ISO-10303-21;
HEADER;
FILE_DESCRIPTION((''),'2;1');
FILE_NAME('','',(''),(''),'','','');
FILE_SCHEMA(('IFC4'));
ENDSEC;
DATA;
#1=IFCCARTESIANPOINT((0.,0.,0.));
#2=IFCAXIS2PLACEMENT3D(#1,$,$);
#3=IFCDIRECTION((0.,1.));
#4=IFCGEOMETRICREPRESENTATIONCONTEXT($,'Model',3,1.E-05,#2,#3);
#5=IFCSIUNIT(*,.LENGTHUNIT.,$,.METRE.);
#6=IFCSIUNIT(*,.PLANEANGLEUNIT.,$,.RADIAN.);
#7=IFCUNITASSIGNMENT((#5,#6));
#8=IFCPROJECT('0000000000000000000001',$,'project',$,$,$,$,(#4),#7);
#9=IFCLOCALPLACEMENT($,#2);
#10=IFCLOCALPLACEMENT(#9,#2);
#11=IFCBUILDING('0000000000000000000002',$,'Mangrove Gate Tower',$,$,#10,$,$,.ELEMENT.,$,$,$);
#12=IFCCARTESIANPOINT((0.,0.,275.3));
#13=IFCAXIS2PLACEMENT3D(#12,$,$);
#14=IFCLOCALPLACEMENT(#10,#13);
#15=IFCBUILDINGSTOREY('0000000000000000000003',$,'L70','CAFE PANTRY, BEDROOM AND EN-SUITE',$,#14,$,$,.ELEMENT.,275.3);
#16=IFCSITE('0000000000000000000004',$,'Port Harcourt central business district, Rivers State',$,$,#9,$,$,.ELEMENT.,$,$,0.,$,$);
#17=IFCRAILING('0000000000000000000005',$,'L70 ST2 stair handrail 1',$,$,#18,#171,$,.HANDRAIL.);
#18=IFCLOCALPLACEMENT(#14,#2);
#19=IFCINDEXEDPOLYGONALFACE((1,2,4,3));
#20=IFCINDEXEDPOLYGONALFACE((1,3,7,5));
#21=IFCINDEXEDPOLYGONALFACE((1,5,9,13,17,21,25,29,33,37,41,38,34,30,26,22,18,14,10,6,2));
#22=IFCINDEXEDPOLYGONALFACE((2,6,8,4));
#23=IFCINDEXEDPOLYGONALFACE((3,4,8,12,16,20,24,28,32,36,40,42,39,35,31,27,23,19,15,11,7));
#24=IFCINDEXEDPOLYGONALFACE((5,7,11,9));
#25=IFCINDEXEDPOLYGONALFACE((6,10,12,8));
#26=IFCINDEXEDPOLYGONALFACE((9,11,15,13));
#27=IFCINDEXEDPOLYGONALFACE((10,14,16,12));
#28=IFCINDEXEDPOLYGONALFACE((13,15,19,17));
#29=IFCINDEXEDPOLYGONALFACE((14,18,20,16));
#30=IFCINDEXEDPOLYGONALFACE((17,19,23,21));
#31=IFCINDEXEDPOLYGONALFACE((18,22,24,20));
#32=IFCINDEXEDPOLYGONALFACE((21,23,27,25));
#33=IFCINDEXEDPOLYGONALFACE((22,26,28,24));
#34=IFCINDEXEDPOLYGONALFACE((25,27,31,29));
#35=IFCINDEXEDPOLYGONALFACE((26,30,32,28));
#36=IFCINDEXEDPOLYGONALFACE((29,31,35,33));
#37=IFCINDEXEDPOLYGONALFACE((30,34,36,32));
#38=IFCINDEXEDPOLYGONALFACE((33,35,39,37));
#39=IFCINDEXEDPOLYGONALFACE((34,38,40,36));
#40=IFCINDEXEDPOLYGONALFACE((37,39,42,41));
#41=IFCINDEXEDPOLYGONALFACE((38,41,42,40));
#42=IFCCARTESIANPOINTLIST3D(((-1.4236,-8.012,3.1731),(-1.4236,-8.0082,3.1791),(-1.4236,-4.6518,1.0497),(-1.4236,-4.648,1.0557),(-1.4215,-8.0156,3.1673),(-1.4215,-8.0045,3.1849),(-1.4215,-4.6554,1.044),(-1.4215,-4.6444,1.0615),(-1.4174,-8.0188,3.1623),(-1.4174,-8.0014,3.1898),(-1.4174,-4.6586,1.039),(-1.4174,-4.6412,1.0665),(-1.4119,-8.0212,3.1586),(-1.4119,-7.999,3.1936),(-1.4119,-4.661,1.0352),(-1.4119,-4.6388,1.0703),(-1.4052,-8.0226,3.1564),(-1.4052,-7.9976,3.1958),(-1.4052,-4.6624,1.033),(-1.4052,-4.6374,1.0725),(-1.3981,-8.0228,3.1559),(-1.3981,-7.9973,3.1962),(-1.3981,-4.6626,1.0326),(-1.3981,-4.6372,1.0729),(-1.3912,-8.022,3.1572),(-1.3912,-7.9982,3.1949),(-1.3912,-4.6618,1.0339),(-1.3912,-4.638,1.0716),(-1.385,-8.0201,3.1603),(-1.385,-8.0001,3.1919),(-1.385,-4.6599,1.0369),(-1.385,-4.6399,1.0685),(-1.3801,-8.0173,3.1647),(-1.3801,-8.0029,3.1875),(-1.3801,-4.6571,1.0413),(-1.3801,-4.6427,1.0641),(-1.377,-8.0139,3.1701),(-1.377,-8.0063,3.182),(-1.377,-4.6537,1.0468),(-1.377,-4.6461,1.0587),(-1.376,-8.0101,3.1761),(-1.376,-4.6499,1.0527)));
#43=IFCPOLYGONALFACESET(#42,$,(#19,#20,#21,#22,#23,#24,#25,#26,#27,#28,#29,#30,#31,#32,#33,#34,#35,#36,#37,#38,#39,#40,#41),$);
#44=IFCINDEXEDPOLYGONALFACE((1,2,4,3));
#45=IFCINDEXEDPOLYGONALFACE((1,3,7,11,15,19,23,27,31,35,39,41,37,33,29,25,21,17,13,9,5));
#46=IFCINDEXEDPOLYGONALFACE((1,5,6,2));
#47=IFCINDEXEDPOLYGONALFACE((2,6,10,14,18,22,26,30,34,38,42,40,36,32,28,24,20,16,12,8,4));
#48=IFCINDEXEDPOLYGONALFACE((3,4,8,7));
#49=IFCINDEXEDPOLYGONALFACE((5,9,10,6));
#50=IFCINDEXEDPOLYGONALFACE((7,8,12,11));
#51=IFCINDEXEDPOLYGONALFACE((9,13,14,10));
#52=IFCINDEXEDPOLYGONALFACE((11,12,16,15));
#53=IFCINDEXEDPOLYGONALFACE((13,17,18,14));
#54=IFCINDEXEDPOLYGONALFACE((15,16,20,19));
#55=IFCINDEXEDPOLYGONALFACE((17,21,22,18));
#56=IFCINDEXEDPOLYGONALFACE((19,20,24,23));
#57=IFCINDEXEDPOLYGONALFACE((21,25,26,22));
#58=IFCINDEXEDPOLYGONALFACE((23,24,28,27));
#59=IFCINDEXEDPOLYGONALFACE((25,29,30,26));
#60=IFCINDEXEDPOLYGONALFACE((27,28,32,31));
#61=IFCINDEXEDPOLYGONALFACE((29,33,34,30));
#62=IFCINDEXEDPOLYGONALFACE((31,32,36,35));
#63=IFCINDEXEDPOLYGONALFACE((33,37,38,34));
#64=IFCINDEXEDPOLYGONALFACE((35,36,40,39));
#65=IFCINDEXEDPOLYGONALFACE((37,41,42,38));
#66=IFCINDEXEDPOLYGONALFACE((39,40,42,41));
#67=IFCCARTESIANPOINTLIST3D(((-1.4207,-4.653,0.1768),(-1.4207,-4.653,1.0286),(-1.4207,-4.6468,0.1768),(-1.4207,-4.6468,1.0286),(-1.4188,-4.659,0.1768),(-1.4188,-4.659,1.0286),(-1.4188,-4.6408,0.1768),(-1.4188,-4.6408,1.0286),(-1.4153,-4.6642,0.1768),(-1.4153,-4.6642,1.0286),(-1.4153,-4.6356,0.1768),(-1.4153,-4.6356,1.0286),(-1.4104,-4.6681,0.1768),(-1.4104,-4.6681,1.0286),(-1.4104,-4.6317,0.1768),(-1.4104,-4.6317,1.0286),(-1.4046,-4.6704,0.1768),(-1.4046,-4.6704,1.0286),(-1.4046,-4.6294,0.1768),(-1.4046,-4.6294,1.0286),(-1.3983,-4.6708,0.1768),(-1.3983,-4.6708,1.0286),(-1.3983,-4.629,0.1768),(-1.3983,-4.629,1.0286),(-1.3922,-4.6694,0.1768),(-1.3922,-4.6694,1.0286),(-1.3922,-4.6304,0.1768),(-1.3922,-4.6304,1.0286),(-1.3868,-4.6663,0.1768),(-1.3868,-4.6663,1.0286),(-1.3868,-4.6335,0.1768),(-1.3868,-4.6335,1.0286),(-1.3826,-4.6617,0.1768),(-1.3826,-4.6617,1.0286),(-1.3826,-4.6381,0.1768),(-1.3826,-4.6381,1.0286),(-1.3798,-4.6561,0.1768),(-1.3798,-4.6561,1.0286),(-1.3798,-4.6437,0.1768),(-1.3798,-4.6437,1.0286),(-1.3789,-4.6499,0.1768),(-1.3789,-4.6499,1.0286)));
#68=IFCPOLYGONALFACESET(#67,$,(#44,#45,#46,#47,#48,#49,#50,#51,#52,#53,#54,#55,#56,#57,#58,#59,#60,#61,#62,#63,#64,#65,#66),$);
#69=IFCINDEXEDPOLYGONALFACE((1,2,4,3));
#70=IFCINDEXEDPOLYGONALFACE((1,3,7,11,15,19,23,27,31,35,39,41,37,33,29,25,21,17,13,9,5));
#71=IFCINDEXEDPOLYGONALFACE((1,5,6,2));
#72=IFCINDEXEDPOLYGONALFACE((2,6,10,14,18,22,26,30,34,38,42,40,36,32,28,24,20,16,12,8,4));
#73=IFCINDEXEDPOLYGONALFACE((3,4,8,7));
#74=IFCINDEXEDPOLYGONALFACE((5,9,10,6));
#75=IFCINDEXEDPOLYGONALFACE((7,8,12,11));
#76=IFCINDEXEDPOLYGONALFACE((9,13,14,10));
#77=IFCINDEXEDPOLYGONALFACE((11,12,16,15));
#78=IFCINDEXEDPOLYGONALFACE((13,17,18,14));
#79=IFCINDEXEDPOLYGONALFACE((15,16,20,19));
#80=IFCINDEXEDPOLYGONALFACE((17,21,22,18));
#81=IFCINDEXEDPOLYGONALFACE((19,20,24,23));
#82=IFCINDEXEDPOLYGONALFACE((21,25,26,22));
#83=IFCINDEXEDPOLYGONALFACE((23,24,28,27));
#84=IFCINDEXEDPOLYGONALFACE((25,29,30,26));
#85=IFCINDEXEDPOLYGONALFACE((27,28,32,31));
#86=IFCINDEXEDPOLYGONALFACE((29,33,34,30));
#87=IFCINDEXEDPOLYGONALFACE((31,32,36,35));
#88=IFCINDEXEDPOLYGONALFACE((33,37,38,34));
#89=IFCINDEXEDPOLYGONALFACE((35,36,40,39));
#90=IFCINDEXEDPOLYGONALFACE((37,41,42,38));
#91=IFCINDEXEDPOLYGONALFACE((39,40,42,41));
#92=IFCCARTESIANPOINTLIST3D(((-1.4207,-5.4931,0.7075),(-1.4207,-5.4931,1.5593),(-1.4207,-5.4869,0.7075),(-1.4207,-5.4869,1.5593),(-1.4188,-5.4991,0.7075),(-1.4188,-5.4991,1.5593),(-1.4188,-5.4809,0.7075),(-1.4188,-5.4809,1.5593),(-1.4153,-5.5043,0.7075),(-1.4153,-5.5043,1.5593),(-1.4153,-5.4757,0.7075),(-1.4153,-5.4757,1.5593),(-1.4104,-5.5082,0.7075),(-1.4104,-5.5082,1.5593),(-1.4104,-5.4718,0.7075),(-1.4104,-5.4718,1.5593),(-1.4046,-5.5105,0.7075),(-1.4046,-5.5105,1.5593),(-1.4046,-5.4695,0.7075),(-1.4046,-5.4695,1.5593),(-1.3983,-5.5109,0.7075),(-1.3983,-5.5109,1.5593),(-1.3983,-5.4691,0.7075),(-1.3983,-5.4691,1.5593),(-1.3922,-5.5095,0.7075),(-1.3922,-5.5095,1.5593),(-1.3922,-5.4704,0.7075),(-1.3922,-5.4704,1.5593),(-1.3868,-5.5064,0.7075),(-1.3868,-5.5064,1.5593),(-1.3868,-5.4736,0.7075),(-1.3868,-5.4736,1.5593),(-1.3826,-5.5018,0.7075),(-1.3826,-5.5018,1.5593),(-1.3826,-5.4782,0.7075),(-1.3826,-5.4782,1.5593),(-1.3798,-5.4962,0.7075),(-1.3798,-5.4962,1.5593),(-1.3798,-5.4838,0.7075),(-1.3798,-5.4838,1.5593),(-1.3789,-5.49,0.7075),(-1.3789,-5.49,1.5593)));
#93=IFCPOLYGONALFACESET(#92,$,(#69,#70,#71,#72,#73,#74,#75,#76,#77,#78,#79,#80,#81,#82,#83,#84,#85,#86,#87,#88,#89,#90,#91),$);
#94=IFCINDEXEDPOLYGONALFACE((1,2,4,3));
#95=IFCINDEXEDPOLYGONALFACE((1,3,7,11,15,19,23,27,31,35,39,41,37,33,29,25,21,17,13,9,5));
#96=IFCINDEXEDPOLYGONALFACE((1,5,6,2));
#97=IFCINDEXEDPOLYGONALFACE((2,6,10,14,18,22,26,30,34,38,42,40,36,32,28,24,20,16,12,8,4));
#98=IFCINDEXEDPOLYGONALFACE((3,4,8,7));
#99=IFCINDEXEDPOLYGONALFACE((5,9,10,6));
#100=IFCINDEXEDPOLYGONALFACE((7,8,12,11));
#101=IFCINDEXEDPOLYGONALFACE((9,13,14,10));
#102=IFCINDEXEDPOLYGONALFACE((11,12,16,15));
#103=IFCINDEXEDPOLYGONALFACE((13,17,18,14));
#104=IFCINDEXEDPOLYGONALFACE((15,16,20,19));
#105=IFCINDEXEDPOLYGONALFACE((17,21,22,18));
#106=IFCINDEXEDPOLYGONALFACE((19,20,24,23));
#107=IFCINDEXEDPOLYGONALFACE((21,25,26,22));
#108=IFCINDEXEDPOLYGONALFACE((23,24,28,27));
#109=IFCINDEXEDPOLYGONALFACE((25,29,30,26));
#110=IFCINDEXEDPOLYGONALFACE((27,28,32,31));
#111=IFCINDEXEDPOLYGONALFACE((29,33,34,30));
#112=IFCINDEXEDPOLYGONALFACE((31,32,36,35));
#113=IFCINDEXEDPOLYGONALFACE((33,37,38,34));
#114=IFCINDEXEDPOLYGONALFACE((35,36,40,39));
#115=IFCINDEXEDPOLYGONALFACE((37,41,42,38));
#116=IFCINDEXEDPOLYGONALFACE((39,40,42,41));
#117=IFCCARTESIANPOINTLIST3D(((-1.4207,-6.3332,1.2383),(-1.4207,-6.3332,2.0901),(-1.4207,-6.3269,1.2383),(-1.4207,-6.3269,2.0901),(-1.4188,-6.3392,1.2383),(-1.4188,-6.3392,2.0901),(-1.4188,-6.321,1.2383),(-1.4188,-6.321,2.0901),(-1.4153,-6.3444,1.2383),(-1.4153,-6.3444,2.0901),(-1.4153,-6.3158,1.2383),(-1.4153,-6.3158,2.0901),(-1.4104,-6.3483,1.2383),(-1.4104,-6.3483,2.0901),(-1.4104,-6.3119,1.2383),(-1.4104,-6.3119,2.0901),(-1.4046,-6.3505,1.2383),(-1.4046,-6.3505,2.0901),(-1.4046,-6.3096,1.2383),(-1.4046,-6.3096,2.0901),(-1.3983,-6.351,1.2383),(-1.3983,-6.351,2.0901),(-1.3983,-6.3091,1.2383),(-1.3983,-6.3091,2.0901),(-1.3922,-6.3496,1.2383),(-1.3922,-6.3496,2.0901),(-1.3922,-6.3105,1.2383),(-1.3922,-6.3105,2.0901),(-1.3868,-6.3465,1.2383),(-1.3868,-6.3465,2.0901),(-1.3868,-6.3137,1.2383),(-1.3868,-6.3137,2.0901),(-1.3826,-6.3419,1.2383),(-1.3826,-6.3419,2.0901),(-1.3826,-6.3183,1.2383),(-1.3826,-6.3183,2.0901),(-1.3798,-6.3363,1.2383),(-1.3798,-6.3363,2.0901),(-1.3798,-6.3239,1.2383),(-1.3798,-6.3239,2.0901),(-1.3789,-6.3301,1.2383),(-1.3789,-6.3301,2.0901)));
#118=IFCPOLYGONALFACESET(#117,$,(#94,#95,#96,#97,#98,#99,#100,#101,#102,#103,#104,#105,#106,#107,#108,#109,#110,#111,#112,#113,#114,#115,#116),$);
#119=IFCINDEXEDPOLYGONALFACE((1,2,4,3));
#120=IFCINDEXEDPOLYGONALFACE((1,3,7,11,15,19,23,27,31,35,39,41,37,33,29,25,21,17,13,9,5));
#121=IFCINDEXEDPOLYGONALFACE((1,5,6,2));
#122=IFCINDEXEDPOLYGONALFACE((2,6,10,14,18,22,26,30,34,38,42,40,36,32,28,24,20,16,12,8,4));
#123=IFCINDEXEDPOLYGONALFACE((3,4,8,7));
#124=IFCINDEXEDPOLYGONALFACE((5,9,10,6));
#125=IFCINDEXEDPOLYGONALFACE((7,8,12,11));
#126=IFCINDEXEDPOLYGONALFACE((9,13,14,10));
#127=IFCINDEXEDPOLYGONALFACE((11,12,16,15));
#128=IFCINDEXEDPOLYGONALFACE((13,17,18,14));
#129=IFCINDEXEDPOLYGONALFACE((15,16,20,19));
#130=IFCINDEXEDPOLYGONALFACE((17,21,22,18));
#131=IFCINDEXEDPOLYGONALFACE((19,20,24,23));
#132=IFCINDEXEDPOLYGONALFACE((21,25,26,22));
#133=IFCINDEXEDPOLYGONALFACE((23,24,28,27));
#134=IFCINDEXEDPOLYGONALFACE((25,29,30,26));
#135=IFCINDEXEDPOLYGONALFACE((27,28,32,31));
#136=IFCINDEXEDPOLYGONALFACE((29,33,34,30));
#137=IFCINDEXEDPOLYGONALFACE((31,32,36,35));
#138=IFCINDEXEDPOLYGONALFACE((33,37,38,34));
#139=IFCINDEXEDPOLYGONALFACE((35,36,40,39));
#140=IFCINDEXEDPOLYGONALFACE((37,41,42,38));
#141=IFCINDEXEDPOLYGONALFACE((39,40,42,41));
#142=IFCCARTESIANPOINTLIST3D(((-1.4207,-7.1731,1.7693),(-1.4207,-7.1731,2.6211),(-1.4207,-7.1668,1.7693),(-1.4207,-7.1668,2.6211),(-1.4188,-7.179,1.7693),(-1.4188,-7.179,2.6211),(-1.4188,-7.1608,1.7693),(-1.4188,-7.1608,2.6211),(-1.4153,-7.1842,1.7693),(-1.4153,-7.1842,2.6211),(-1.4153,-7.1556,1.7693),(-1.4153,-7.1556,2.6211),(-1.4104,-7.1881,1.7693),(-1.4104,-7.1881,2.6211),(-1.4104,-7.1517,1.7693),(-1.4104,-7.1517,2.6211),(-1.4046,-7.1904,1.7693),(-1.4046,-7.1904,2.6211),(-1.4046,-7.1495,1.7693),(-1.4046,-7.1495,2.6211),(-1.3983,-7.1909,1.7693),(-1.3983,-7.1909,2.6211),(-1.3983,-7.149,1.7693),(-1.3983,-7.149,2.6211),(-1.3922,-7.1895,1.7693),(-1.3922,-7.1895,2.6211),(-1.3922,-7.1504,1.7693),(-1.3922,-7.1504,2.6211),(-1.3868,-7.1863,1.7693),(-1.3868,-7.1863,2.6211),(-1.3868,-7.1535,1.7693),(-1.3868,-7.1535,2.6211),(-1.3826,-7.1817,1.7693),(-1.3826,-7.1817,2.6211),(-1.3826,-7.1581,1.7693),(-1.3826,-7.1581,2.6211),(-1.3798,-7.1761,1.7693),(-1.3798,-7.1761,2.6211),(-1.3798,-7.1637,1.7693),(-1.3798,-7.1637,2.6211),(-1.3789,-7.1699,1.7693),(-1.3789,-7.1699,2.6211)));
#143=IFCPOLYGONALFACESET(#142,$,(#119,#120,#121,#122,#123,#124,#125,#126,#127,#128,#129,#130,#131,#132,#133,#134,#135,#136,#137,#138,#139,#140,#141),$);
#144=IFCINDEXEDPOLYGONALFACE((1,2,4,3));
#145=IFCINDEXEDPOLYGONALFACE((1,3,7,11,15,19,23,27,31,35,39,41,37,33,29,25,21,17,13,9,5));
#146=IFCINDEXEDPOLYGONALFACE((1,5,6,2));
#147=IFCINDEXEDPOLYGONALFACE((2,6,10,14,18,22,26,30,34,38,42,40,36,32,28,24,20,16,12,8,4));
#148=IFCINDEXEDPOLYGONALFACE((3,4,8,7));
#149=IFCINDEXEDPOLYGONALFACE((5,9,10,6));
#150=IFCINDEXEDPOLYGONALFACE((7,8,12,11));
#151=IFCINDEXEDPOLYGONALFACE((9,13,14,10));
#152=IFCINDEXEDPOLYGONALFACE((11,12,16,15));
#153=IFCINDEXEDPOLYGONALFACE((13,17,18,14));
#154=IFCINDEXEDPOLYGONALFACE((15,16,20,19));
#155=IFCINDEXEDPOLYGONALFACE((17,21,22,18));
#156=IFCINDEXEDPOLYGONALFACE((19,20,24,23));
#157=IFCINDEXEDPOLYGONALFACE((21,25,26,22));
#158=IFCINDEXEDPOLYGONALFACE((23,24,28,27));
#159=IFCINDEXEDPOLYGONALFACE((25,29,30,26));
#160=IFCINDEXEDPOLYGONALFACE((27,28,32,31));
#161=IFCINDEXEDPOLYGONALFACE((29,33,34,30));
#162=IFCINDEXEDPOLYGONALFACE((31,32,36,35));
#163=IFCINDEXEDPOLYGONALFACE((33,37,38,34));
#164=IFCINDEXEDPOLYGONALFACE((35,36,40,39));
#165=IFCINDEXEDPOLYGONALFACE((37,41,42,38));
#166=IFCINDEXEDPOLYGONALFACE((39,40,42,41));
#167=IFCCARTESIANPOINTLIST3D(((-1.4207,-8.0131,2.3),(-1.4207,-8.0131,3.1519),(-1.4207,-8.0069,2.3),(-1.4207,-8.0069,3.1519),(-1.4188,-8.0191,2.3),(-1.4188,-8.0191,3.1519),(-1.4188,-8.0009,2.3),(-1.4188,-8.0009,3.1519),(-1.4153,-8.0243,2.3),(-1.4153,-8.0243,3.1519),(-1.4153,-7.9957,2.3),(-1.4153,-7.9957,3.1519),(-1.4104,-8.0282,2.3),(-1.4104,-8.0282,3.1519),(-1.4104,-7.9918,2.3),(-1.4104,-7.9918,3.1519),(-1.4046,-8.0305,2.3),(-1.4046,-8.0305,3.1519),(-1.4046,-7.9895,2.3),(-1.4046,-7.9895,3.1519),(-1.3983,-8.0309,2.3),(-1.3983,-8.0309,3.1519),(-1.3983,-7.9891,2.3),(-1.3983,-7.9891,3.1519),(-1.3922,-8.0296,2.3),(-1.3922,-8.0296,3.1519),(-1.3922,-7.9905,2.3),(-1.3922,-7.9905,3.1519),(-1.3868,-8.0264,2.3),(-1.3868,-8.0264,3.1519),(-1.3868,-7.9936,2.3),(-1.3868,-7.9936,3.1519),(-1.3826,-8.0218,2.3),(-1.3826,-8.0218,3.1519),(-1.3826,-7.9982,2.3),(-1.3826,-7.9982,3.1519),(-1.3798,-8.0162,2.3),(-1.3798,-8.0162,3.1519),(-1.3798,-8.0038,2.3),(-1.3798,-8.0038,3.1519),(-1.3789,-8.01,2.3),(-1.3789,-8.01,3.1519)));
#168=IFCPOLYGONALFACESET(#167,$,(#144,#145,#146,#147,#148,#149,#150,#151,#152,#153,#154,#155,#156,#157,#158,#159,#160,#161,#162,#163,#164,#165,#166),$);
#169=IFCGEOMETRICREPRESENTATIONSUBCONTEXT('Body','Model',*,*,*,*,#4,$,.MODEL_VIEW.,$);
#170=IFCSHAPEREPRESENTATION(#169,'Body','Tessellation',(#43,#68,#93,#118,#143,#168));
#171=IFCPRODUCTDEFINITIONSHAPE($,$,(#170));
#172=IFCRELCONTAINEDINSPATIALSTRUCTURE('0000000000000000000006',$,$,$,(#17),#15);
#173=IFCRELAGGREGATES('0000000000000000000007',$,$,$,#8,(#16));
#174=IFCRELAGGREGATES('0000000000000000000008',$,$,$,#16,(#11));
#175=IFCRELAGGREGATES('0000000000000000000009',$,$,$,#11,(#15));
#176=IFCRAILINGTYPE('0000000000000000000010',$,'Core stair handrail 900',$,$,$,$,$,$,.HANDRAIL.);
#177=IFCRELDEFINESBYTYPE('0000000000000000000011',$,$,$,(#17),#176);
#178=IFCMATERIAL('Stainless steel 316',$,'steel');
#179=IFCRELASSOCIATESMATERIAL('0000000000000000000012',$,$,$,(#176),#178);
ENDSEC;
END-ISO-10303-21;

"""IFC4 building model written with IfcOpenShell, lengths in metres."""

from ifc_helpers import new_model, si_unit, direction, frame, origin, origin_2d, place, context, subcontext, project, spatial, circle, extrude, material, type_object, element, save


model = new_model("IFC4")

# Units and contexts
model_context = context("Model", 3, precision=1e-05, world=origin(), true_north=direction((0.0, 1.0)))
body_context = subcontext(model_context, "Body", "Model", "MODEL_VIEW")
ifc_project = project(units=[si_unit("LENGTHUNIT", "METRE"), si_unit("PLANEANGLEUNIT", "RADIAN")], contexts=[model_context])

# Site, building, storey
site_placement = place(None, origin())
site = spatial("IfcSite", under=ifc_project, at=site_placement, Name="Port Harcourt central business district, Rivers State", CompositionType="ELEMENT", RefElevation=0.0)
building_placement = place(site_placement, origin())
building = spatial("IfcBuilding", under=site, at=building_placement, Name="Mangrove Gate Tower", CompositionType="ELEMENT")
storey_placement = place(building_placement, frame((0.0, 0.0, 275.3)))
storey = spatial("IfcBuildingStorey", under=building, at=storey_placement, Name="L70", Description="CAFE PANTRY, BEDROOM AND EN-SUITE", CompositionType="ELEMENT", Elevation=275.3)

# Railing
ifc_material_1 = material(Name="Stainless steel 316", Category="steel")
railing_type_1 = type_object("IfcRailingType", Name="Core stair handrail 900", PredefinedType="HANDRAIL", material=ifc_material_1)
railing_1_placement = place(storey_placement, frame((-1.3999, -4.6499, 0.1768)))
element("IfcRailing", 1, at=railing_1_placement, inside=storey, type_object=railing_type_1, Name="L70 ST2 stair handrail 1", PredefinedType="HANDRAIL", context=body_context, shape_type="SweptSolid", body=[
    extrude(circle(Radius=0.0239, at=origin_2d()), frame((0.0, 0.0, 0.876), z_axis=(0.0, -0.845362, 0.534194), x_axis=(1.0, 0.0, 0.0)), (0.0, 0.0, 1.0), 3.9749),
    extrude(circle(Radius=0.021, at=origin_2d()), origin(), (0.0, 0.0, 1.0), 0.8518),
    extrude(circle(Radius=0.021, at=origin_2d()), frame((0.0, -0.8401, 0.5308)), (0.0, 0.0, 1.0), 0.8518),
    extrude(circle(Radius=0.021, at=origin_2d()), frame((0.0, -1.6802, 1.0615)), (0.0, 0.0, 1.0), 0.8518),
    extrude(circle(Radius=0.021, at=origin_2d()), frame((0.0, -2.52, 1.5925)), (0.0, 0.0, 1.0), 0.8518),
    extrude(circle(Radius=0.021, at=origin_2d()), frame((0.0, -3.3601, 2.1233)), (0.0, 0.0, 1.0), 0.8518),
])

save(model, "model.ifc")
